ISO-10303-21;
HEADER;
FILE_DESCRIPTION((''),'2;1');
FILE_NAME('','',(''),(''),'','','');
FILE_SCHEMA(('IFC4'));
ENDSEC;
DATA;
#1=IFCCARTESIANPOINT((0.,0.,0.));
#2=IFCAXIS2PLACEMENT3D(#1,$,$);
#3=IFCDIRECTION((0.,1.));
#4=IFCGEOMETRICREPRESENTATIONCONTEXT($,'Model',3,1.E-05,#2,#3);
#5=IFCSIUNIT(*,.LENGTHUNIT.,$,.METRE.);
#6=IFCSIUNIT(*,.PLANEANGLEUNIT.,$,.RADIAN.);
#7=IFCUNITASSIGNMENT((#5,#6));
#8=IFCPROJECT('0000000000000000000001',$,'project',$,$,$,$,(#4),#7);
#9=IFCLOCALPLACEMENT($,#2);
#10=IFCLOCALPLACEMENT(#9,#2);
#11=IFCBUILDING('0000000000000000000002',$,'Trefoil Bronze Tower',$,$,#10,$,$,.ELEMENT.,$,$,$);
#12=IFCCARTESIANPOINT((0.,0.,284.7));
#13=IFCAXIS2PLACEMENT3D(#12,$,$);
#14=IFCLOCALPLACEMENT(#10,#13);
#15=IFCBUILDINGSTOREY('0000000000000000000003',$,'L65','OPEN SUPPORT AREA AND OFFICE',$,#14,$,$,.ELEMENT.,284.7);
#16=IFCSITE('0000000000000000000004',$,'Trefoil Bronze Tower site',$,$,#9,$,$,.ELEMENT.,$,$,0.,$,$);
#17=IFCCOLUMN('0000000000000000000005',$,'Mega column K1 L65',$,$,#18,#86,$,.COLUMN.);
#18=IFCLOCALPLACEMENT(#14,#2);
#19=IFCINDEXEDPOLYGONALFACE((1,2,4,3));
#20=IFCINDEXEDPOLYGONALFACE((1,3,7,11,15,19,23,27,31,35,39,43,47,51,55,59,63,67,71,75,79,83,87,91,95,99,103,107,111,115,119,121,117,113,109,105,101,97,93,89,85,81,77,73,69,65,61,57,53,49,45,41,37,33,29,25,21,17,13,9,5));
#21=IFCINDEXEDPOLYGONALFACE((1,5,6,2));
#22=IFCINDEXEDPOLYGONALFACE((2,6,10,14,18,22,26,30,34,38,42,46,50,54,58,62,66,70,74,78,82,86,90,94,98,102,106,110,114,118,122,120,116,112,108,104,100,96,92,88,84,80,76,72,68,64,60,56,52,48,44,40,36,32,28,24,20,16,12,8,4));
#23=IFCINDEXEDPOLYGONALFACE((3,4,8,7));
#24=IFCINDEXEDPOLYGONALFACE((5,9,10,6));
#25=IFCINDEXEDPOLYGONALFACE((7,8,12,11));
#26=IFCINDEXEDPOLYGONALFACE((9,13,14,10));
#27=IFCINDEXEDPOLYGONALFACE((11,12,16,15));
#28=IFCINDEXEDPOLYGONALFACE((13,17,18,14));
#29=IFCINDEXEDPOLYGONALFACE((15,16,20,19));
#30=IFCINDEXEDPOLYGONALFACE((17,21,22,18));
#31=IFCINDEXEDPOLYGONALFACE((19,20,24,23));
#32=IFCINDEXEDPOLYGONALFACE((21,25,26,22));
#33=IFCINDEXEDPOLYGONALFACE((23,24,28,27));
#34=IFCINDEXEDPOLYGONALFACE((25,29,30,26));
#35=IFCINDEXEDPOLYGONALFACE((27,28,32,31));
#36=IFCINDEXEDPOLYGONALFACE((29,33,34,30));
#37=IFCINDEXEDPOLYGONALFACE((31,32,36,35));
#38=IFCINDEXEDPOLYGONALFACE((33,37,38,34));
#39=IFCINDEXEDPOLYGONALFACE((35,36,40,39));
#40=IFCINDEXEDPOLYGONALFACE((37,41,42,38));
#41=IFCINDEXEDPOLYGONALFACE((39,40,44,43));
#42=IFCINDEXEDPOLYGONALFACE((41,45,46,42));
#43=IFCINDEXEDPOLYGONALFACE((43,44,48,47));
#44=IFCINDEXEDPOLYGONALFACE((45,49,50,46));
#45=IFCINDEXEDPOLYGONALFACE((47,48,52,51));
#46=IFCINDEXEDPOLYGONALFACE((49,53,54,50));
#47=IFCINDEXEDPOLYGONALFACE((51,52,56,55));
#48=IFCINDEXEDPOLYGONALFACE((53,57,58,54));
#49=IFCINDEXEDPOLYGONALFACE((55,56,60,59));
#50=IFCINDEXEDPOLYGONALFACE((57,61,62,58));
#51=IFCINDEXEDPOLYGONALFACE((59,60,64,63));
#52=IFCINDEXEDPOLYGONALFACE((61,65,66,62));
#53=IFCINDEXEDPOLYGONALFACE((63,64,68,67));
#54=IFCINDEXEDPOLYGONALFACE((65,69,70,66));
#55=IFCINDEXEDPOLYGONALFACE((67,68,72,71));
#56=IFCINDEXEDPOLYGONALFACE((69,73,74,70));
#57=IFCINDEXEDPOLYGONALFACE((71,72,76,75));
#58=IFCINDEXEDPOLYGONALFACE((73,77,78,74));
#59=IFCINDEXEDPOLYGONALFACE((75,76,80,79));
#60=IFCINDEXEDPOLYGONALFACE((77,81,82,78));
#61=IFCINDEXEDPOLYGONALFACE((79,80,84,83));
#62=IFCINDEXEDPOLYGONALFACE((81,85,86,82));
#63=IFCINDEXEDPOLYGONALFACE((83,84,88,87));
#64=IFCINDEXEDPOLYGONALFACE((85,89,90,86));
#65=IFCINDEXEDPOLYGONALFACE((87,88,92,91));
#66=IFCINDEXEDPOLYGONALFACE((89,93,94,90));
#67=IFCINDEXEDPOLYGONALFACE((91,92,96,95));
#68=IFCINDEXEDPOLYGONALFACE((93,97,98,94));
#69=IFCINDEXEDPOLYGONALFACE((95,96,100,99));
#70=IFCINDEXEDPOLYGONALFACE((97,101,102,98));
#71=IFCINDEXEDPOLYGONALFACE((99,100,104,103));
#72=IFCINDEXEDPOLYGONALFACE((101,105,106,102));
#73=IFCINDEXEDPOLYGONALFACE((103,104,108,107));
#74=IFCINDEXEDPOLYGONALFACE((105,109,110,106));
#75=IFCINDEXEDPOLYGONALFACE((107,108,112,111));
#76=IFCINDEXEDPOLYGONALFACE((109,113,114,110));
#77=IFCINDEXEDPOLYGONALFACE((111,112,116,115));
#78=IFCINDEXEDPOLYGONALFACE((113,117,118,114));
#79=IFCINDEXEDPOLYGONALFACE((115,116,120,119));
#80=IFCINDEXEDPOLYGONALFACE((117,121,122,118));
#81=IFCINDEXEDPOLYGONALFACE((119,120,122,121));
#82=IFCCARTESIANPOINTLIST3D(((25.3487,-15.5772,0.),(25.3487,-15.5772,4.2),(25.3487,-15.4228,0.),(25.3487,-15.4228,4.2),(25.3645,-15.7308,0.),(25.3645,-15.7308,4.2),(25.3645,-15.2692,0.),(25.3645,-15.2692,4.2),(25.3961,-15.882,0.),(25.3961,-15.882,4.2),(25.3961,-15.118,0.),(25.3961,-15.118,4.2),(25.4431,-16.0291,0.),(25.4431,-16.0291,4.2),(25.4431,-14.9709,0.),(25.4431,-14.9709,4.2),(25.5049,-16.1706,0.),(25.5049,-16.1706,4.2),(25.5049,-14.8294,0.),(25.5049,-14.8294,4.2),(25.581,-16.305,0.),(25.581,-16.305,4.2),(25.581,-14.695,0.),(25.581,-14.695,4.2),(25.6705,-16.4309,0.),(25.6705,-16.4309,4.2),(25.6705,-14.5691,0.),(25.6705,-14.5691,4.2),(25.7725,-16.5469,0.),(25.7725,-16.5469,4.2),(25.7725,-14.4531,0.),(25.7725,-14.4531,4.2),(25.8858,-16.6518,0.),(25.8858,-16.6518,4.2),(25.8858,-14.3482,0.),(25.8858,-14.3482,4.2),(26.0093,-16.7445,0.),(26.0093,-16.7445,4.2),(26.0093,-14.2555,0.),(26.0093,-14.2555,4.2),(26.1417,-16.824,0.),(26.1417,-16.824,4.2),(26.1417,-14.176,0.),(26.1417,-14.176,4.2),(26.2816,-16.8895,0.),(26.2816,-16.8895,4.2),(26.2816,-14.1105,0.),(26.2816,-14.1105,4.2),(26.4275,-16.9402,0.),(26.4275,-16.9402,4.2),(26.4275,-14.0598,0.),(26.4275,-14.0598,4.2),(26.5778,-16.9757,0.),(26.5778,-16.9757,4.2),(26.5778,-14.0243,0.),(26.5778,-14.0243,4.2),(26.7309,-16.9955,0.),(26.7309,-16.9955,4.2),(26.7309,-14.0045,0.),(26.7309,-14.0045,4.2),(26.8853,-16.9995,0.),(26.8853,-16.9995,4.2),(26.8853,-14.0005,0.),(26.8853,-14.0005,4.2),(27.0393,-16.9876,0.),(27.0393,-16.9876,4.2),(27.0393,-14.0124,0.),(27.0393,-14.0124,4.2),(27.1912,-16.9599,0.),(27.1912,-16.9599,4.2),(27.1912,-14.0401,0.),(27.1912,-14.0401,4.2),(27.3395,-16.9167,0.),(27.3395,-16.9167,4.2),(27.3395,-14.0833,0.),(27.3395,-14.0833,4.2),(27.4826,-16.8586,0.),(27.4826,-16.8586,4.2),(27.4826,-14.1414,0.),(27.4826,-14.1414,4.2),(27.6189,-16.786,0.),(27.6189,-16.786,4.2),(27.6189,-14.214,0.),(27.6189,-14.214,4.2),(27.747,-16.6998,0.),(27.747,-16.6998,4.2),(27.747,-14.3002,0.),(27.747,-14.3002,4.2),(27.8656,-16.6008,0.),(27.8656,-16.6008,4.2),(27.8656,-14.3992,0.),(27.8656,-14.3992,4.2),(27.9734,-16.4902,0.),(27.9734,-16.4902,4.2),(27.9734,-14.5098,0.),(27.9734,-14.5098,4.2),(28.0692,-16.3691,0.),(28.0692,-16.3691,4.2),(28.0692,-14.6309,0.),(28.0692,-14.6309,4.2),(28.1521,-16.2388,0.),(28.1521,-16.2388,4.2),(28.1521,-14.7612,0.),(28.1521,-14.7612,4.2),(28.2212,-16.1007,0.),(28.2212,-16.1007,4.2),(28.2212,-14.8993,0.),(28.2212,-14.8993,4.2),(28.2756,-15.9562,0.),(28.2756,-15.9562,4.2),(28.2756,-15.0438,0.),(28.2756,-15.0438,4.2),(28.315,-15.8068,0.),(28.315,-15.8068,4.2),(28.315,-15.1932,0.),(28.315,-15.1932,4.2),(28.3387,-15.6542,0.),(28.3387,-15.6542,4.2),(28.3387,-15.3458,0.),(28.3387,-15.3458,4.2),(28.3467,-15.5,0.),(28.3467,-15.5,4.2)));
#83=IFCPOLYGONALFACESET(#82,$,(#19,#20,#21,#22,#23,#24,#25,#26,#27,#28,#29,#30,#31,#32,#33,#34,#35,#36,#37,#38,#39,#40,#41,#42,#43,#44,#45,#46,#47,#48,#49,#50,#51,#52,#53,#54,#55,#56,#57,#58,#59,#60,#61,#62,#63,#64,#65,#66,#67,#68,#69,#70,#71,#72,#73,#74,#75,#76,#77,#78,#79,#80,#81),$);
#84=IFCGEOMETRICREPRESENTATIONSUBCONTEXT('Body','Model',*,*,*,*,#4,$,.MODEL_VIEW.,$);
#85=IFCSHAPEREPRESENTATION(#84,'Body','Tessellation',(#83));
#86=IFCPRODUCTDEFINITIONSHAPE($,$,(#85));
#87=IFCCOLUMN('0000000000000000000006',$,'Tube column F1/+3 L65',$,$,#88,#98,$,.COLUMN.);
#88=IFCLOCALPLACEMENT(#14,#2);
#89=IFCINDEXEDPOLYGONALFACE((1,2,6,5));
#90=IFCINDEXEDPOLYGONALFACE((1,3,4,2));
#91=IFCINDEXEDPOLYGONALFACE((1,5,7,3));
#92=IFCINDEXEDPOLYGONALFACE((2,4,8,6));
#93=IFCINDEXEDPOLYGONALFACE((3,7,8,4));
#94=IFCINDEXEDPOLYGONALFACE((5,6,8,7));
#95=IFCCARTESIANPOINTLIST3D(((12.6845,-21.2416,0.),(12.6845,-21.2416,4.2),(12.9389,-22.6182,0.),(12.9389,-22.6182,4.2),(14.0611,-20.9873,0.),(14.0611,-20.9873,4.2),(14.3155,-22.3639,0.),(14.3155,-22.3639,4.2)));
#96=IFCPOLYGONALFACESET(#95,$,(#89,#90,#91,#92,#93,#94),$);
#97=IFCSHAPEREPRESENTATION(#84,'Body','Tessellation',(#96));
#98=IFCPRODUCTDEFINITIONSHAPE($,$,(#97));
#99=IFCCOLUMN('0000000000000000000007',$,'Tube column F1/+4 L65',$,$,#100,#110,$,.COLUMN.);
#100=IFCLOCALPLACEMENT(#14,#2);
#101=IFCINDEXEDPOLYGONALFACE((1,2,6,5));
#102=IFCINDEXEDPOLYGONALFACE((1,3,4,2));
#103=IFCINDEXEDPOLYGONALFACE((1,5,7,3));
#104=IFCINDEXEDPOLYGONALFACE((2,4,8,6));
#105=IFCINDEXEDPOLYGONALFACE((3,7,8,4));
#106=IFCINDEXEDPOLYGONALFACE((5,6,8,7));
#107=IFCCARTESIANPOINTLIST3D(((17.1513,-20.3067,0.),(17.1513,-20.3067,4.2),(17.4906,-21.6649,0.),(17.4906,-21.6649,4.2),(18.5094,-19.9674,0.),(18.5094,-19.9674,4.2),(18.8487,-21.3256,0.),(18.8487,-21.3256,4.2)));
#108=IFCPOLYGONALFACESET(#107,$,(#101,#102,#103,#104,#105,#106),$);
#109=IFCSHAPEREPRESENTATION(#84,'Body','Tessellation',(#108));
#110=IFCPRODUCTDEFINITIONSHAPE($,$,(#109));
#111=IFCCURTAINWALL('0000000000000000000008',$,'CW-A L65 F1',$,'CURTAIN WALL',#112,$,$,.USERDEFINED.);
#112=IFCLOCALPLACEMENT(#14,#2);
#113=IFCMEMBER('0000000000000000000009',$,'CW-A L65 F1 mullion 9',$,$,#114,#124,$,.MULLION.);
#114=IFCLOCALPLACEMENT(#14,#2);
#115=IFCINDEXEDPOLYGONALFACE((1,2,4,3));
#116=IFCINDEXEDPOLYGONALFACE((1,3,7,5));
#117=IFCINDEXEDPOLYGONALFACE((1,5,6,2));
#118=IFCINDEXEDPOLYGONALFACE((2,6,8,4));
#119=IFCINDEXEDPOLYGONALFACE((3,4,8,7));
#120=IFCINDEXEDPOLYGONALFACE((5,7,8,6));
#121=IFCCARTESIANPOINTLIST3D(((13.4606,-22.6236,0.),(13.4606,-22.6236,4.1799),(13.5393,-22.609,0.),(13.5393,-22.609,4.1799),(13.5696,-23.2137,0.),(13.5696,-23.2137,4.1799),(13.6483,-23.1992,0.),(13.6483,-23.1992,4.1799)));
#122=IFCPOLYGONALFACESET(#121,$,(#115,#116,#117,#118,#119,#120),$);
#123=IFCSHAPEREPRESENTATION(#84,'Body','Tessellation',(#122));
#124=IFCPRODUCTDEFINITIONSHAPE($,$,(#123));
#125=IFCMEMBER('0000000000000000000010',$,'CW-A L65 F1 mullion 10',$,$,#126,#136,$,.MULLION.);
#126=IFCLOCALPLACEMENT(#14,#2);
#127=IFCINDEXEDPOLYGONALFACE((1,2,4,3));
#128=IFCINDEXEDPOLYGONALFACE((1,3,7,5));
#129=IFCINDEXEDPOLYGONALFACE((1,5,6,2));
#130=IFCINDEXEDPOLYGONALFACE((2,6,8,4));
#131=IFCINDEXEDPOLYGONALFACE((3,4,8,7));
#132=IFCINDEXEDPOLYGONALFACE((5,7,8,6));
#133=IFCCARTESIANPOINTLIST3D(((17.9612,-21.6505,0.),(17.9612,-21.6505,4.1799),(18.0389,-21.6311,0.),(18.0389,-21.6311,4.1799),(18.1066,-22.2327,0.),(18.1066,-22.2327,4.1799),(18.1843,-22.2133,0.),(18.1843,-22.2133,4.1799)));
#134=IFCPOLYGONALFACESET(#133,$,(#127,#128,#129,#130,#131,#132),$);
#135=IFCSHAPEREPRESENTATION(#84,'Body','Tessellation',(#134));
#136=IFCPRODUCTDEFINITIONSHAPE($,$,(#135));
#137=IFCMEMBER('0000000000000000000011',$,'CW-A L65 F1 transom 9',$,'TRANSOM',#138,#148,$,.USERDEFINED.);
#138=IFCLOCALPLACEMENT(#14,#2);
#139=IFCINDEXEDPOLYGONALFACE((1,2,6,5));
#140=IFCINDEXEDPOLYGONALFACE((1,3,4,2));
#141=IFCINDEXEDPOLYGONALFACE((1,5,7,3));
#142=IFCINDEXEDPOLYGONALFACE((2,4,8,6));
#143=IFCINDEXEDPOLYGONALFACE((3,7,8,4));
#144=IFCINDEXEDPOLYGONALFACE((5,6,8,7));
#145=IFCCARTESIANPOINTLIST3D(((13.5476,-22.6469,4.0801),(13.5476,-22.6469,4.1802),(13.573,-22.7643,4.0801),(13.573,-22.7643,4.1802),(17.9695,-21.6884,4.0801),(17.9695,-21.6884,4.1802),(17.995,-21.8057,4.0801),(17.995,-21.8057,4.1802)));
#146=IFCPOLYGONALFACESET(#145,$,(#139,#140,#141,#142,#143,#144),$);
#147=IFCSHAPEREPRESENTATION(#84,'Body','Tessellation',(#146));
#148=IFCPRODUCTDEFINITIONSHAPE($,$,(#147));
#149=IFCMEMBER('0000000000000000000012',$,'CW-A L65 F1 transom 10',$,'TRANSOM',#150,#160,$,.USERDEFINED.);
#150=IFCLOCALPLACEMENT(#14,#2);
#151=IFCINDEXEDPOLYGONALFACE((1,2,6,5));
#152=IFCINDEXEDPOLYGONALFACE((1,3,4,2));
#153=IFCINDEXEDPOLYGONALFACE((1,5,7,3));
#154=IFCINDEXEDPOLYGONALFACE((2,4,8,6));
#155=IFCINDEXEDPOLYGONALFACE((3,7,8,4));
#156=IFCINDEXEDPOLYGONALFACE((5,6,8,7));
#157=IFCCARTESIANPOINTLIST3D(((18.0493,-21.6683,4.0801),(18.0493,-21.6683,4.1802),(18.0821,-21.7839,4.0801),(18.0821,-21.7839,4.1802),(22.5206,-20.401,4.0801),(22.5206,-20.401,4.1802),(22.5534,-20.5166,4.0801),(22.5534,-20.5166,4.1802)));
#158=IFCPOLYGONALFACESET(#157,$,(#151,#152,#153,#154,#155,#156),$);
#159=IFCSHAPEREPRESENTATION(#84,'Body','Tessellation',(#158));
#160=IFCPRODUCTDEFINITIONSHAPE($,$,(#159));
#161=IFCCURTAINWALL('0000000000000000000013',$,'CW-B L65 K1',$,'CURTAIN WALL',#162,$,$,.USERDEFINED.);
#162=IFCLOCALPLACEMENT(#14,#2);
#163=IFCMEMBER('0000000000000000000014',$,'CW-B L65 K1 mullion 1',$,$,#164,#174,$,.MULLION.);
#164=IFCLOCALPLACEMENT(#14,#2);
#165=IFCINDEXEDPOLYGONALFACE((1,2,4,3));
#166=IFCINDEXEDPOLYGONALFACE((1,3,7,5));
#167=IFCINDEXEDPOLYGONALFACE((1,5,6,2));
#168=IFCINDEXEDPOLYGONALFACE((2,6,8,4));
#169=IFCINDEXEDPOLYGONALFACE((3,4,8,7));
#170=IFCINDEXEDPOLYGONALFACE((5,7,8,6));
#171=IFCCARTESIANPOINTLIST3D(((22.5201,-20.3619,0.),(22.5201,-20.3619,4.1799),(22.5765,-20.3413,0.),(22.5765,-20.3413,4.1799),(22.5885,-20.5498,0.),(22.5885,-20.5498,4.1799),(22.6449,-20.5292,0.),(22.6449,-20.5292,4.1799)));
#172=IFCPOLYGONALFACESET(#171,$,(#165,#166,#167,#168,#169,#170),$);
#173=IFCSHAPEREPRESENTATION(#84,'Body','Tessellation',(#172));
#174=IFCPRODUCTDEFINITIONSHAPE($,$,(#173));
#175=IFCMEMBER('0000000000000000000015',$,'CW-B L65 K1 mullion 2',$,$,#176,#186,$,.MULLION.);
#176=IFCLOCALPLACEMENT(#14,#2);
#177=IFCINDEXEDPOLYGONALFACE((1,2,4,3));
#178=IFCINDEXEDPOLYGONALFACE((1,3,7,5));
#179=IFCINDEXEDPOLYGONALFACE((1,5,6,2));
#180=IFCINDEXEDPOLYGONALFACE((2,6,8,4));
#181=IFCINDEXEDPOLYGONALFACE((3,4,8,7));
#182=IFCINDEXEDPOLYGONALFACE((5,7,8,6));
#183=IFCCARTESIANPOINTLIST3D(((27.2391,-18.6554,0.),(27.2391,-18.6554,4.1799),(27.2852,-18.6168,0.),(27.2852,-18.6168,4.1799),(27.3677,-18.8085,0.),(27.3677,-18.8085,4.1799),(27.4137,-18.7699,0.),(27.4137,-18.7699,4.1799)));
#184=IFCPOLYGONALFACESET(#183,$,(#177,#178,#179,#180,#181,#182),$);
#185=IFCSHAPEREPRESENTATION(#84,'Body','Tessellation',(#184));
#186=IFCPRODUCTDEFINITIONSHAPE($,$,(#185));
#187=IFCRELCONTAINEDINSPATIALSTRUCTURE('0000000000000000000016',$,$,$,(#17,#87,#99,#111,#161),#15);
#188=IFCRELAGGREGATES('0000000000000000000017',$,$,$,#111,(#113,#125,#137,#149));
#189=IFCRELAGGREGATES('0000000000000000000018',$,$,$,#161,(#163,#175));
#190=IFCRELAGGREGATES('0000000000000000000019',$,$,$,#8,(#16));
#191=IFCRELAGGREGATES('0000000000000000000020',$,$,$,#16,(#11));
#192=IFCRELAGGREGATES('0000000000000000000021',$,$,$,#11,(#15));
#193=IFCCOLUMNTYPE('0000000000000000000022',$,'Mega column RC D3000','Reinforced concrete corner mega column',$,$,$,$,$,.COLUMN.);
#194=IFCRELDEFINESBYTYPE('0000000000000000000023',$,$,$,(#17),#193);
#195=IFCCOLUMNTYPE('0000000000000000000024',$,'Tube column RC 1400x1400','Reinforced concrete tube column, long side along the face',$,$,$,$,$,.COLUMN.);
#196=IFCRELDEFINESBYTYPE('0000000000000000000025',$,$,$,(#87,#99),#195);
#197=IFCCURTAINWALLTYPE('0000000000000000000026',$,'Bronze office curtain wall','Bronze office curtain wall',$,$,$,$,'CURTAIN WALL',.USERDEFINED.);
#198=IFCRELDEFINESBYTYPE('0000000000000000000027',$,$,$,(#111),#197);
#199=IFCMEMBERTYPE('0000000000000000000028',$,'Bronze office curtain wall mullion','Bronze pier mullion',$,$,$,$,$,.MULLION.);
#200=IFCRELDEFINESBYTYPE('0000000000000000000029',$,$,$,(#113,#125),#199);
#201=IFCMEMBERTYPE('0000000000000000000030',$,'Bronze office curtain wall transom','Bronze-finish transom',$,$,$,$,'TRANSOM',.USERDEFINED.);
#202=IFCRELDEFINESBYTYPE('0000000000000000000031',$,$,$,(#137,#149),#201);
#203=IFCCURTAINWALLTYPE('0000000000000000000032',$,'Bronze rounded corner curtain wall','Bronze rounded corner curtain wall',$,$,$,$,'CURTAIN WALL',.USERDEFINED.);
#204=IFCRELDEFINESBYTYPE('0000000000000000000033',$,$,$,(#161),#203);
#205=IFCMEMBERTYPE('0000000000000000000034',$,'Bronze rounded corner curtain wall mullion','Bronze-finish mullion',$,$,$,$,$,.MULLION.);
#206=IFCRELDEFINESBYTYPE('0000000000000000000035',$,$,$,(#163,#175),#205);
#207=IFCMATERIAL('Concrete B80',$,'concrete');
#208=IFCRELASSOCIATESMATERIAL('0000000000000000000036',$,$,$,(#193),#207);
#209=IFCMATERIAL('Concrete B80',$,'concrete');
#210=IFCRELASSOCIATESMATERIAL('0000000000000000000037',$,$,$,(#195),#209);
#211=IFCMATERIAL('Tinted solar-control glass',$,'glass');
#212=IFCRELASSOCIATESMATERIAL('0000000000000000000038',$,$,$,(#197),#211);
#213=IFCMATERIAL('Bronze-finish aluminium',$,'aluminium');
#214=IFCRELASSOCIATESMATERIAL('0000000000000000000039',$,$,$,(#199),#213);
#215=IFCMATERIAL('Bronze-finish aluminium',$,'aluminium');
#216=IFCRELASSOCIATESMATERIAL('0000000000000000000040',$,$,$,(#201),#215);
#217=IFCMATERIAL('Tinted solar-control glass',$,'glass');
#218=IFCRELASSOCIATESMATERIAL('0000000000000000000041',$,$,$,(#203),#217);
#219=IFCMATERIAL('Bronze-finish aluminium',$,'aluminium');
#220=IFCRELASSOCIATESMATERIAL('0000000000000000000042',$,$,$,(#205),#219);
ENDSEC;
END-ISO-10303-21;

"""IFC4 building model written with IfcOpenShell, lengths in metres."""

from ifc_helpers import new_model, si_unit, direction, frame, origin, origin_2d, place, context, subcontext, project, spatial, rectangle, circle, extrude, material, material_profile, profile_set, type_object, element, aggregate, save


model = new_model("IFC4")

# Units and contexts
model_context = context("Model", 3, precision=1e-05, world=origin(), true_north=direction((0.0, 1.0)))
body_context = subcontext(model_context, "Body", "Model", "MODEL_VIEW")
ifc_project = project(units=[si_unit("LENGTHUNIT", "METRE"), si_unit("PLANEANGLEUNIT", "RADIAN")], contexts=[model_context])

# Site, building, storey
site_placement = place(None, origin())
site = spatial("IfcSite", under=ifc_project, at=site_placement, Name="Trefoil Bronze Tower site", CompositionType="ELEMENT", RefElevation=0.0)
building_placement = place(site_placement, origin())
building = spatial("IfcBuilding", under=site, at=building_placement, Name="Trefoil Bronze Tower", CompositionType="ELEMENT")
storey_placement = place(building_placement, frame((0.0, 0.0, 284.7)))
storey = spatial("IfcBuildingStorey", under=building, at=storey_placement, Name="L65", Description="OPEN SUPPORT AREA AND OFFICE", CompositionType="ELEMENT", Elevation=284.7)

# Columns
ifc_material_1 = material(Name="Concrete B80", Category="concrete")
ifc_material_profile_1 = material_profile(ifc_material_1, circle(Radius=1.5, at=origin_2d()), Name="RC D3000")
ifc_profile_set_1 = profile_set([ifc_material_profile_1], Name="Concrete B80")
column_type_1 = type_object("IfcColumnType", Name="Mega column RC D3000", Description="Reinforced concrete corner mega column", PredefinedType="COLUMN", material=ifc_profile_set_1)
column_placement = place(storey_placement, frame((26.8467, -15.5, 0.0), z_axis=(0.0, 0.0, 1.0), x_axis=(1.0, 0.0, 0.0)))
element("IfcColumn", 1, at=column_placement, inside=storey, type_object=column_type_1, Name="Mega column K1 L65", PredefinedType="COLUMN", context=body_context, shape_type="SweptSolid", body=[
    extrude(circle(Radius=1.5, at=origin_2d()), origin(), (0.0, 0.0, 1.0), 4.2),
])
ifc_material_2 = material(Name="Concrete B80", Category="concrete")
ifc_material_profile_2 = material_profile(ifc_material_2, rectangle(XDim=1.3999, YDim=1.3999, at=origin_2d()), Name="RC 1400x1400")
ifc_profile_set_2 = profile_set([ifc_material_profile_2], Name="Concrete B80")
column_type_2 = type_object("IfcColumnType", Name="Tube column RC 1400x1400", Description="Reinforced concrete tube column, long side along the face", PredefinedType="COLUMN", material=ifc_profile_set_2)
for number, where, z_axis, x_axis, name in (
    (2, (13.5, -21.8027, 0.0), (0.0, 0.0, 1.0), (0.98336, 0.181667, 0.0), "Tube column F1/+3 L65"),
    (3, (18.0, -20.8162, 0.0), (0.0, 0.0, 1.0), (0.970178, 0.242394, 0.0), "Tube column F1/+4 L65"),
):
    element("IfcColumn", number, at=place(storey_placement, frame(where, z_axis=z_axis, x_axis=x_axis)), inside=storey, type_object=column_type_2, Name=name, PredefinedType="COLUMN", context=body_context, shape_type="SweptSolid", body=[
        extrude(rectangle(XDim=1.3999, YDim=1.3999, at=origin_2d()), origin(), (0.0, 0.0, 1.0), 4.2),
    ])

# Curtain walls, members
ifc_material_3 = material(Name="Tinted solar-control glass", Category="glass")
curtain_wall_type_1 = type_object("IfcCurtainWallType", Name="Bronze office curtain wall", Description="Bronze office curtain wall", ElementType="CURTAIN WALL", PredefinedType="USERDEFINED", material=ifc_material_3)
curtain_wall_1_placement = place(storey_placement, origin())
curtain_wall_1 = element("IfcCurtainWall", 4, at=curtain_wall_1_placement, inside=storey, type_object=curtain_wall_type_1, Name="CW-A L65 F1", ObjectType="CURTAIN WALL", PredefinedType="USERDEFINED")
ifc_material_4 = material(Name="Bronze-finish aluminium", Category="aluminium")
ifc_material_profile_3 = material_profile(ifc_material_4, rectangle(XDim=0.6001, YDim=0.0801, at=origin_2d()), Name="CW-A mullion")
ifc_profile_set_3 = profile_set([ifc_material_profile_3], Name="Bronze-finish aluminium")
member_type_1 = type_object("IfcMemberType", Name="Bronze office curtain wall mullion", Description="Bronze pier mullion", PredefinedType="MULLION", material=ifc_profile_set_3)
member_1_placement = place(storey_placement, frame((13.5544, -22.9114, 0.0), z_axis=(0.0, 0.0, 1.0), x_axis=(-0.181667, 0.98336, 0.0)))
member_1 = element("IfcMember", 5, at=member_1_placement, type_object=member_type_1, Name="CW-A L65 F1 mullion 9", PredefinedType="MULLION", context=body_context, shape_type="SweptSolid", body=[
    extrude(rectangle(XDim=0.6001, YDim=0.0801, at=origin_2d()), origin(), (0.0, 0.0, 1.0), 4.1799),
])
member_2_placement = place(storey_placement, frame((18.0728, -21.9319, 0.0), z_axis=(0.0, 0.0, 1.0), x_axis=(-0.242394, 0.970178, 0.0)))
member_2 = element("IfcMember", 6, at=member_2_placement, type_object=member_type_1, Name="CW-A L65 F1 mullion 10", PredefinedType="MULLION", context=body_context, shape_type="SweptSolid", body=[
    extrude(rectangle(XDim=0.6001, YDim=0.0801, at=origin_2d()), origin(), (0.0, 0.0, 1.0), 4.1799),
])
ifc_material_5 = material(Name="Bronze-finish aluminium", Category="aluminium")
ifc_material_profile_4 = material_profile(ifc_material_5, rectangle(XDim=0.1201, YDim=0.1001, at=origin_2d()), Name="CW-A transom")
ifc_profile_set_4 = profile_set([ifc_material_profile_4], Name="Bronze-finish aluminium")
member_type_2 = type_object("IfcMemberType", Name="Bronze office curtain wall transom", Description="Bronze-finish transom", ElementType="TRANSOM", PredefinedType="USERDEFINED", material=ifc_profile_set_4)
member_3_placement = place(storey_placement, frame((13.5603, -22.7056, 4.1301), z_axis=(0.977304, 0.211843, 0.0), x_axis=(-0.211843, 0.977304, 0.0)))
member_3 = element("IfcMember", 7, at=member_3_placement, type_object=member_type_2, Name="CW-A L65 F1 transom 9", ObjectType="TRANSOM", PredefinedType="USERDEFINED", context=body_context, shape_type="SweptSolid", body=[
    extrude(rectangle(XDim=0.1201, YDim=0.1001, at=origin_2d()), origin(), (0.0, 0.0, 1.0), 4.5247),
])
member_4_placement = place(storey_placement, frame((18.0657, -21.7261, 4.1301), z_axis=(0.962103, 0.272688, 0.0), x_axis=(-0.272688, 0.962103, 0.0)))
member_4 = element("IfcMember", 8, at=member_4_placement, type_object=member_type_2, Name="CW-A L65 F1 transom 10", ObjectType="TRANSOM", PredefinedType="USERDEFINED", context=body_context, shape_type="SweptSolid", body=[
    extrude(rectangle(XDim=0.1201, YDim=0.1001, at=origin_2d()), origin(), (0.0, 0.0, 1.0), 4.6475),
])
ifc_material_6 = material(Name="Tinted solar-control glass", Category="glass")
curtain_wall_type_2 = type_object("IfcCurtainWallType", Name="Bronze rounded corner curtain wall", Description="Bronze rounded corner curtain wall", ElementType="CURTAIN WALL", PredefinedType="USERDEFINED", material=ifc_material_6)
curtain_wall_2_placement = place(storey_placement, origin())
curtain_wall_2 = element("IfcCurtainWall", 9, at=curtain_wall_2_placement, inside=storey, type_object=curtain_wall_type_2, Name="CW-B L65 K1", ObjectType="CURTAIN WALL", PredefinedType="USERDEFINED")
ifc_material_7 = material(Name="Bronze-finish aluminium", Category="aluminium")
ifc_material_profile_5 = material_profile(ifc_material_7, rectangle(XDim=0.2, YDim=0.0601, at=origin_2d()), Name="CW-B mullion")
ifc_profile_set_5 = profile_set([ifc_material_profile_5], Name="Bronze-finish aluminium")
member_type_3 = type_object("IfcMemberType", Name="Bronze rounded corner curtain wall mullion", Description="Bronze-finish mullion", PredefinedType="MULLION", material=ifc_profile_set_5)
member_5_placement = place(storey_placement, frame((22.5825, -20.4456, 0.0), z_axis=(0.0, 0.0, 1.0), x_axis=(-0.34202, 0.939693, 0.0)))
member_5 = element("IfcMember", 10, at=member_5_placement, type_object=member_type_3, Name="CW-B L65 K1 mullion 1", PredefinedType="MULLION", context=body_context, shape_type="SweptSolid", body=[
    extrude(rectangle(XDim=0.2, YDim=0.0601, at=origin_2d()), origin(), (0.0, 0.0, 1.0), 4.1799),
])
member_6_placement = place(storey_placement, frame((27.3264, -18.7126, 0.0), z_axis=(0.0, 0.0, 1.0), x_axis=(-0.642788, 0.766044, 0.0)))
member_6 = element("IfcMember", 11, at=member_6_placement, type_object=member_type_3, Name="CW-B L65 K1 mullion 2", PredefinedType="MULLION", context=body_context, shape_type="SweptSolid", body=[
    extrude(rectangle(XDim=0.2, YDim=0.0601, at=origin_2d()), origin(), (0.0, 0.0, 1.0), 4.1799),
])

aggregate(curtain_wall_1, [member_1, member_2, member_3, member_4])
aggregate(curtain_wall_2, [member_5, member_6])

save(model, "model.ifc")
